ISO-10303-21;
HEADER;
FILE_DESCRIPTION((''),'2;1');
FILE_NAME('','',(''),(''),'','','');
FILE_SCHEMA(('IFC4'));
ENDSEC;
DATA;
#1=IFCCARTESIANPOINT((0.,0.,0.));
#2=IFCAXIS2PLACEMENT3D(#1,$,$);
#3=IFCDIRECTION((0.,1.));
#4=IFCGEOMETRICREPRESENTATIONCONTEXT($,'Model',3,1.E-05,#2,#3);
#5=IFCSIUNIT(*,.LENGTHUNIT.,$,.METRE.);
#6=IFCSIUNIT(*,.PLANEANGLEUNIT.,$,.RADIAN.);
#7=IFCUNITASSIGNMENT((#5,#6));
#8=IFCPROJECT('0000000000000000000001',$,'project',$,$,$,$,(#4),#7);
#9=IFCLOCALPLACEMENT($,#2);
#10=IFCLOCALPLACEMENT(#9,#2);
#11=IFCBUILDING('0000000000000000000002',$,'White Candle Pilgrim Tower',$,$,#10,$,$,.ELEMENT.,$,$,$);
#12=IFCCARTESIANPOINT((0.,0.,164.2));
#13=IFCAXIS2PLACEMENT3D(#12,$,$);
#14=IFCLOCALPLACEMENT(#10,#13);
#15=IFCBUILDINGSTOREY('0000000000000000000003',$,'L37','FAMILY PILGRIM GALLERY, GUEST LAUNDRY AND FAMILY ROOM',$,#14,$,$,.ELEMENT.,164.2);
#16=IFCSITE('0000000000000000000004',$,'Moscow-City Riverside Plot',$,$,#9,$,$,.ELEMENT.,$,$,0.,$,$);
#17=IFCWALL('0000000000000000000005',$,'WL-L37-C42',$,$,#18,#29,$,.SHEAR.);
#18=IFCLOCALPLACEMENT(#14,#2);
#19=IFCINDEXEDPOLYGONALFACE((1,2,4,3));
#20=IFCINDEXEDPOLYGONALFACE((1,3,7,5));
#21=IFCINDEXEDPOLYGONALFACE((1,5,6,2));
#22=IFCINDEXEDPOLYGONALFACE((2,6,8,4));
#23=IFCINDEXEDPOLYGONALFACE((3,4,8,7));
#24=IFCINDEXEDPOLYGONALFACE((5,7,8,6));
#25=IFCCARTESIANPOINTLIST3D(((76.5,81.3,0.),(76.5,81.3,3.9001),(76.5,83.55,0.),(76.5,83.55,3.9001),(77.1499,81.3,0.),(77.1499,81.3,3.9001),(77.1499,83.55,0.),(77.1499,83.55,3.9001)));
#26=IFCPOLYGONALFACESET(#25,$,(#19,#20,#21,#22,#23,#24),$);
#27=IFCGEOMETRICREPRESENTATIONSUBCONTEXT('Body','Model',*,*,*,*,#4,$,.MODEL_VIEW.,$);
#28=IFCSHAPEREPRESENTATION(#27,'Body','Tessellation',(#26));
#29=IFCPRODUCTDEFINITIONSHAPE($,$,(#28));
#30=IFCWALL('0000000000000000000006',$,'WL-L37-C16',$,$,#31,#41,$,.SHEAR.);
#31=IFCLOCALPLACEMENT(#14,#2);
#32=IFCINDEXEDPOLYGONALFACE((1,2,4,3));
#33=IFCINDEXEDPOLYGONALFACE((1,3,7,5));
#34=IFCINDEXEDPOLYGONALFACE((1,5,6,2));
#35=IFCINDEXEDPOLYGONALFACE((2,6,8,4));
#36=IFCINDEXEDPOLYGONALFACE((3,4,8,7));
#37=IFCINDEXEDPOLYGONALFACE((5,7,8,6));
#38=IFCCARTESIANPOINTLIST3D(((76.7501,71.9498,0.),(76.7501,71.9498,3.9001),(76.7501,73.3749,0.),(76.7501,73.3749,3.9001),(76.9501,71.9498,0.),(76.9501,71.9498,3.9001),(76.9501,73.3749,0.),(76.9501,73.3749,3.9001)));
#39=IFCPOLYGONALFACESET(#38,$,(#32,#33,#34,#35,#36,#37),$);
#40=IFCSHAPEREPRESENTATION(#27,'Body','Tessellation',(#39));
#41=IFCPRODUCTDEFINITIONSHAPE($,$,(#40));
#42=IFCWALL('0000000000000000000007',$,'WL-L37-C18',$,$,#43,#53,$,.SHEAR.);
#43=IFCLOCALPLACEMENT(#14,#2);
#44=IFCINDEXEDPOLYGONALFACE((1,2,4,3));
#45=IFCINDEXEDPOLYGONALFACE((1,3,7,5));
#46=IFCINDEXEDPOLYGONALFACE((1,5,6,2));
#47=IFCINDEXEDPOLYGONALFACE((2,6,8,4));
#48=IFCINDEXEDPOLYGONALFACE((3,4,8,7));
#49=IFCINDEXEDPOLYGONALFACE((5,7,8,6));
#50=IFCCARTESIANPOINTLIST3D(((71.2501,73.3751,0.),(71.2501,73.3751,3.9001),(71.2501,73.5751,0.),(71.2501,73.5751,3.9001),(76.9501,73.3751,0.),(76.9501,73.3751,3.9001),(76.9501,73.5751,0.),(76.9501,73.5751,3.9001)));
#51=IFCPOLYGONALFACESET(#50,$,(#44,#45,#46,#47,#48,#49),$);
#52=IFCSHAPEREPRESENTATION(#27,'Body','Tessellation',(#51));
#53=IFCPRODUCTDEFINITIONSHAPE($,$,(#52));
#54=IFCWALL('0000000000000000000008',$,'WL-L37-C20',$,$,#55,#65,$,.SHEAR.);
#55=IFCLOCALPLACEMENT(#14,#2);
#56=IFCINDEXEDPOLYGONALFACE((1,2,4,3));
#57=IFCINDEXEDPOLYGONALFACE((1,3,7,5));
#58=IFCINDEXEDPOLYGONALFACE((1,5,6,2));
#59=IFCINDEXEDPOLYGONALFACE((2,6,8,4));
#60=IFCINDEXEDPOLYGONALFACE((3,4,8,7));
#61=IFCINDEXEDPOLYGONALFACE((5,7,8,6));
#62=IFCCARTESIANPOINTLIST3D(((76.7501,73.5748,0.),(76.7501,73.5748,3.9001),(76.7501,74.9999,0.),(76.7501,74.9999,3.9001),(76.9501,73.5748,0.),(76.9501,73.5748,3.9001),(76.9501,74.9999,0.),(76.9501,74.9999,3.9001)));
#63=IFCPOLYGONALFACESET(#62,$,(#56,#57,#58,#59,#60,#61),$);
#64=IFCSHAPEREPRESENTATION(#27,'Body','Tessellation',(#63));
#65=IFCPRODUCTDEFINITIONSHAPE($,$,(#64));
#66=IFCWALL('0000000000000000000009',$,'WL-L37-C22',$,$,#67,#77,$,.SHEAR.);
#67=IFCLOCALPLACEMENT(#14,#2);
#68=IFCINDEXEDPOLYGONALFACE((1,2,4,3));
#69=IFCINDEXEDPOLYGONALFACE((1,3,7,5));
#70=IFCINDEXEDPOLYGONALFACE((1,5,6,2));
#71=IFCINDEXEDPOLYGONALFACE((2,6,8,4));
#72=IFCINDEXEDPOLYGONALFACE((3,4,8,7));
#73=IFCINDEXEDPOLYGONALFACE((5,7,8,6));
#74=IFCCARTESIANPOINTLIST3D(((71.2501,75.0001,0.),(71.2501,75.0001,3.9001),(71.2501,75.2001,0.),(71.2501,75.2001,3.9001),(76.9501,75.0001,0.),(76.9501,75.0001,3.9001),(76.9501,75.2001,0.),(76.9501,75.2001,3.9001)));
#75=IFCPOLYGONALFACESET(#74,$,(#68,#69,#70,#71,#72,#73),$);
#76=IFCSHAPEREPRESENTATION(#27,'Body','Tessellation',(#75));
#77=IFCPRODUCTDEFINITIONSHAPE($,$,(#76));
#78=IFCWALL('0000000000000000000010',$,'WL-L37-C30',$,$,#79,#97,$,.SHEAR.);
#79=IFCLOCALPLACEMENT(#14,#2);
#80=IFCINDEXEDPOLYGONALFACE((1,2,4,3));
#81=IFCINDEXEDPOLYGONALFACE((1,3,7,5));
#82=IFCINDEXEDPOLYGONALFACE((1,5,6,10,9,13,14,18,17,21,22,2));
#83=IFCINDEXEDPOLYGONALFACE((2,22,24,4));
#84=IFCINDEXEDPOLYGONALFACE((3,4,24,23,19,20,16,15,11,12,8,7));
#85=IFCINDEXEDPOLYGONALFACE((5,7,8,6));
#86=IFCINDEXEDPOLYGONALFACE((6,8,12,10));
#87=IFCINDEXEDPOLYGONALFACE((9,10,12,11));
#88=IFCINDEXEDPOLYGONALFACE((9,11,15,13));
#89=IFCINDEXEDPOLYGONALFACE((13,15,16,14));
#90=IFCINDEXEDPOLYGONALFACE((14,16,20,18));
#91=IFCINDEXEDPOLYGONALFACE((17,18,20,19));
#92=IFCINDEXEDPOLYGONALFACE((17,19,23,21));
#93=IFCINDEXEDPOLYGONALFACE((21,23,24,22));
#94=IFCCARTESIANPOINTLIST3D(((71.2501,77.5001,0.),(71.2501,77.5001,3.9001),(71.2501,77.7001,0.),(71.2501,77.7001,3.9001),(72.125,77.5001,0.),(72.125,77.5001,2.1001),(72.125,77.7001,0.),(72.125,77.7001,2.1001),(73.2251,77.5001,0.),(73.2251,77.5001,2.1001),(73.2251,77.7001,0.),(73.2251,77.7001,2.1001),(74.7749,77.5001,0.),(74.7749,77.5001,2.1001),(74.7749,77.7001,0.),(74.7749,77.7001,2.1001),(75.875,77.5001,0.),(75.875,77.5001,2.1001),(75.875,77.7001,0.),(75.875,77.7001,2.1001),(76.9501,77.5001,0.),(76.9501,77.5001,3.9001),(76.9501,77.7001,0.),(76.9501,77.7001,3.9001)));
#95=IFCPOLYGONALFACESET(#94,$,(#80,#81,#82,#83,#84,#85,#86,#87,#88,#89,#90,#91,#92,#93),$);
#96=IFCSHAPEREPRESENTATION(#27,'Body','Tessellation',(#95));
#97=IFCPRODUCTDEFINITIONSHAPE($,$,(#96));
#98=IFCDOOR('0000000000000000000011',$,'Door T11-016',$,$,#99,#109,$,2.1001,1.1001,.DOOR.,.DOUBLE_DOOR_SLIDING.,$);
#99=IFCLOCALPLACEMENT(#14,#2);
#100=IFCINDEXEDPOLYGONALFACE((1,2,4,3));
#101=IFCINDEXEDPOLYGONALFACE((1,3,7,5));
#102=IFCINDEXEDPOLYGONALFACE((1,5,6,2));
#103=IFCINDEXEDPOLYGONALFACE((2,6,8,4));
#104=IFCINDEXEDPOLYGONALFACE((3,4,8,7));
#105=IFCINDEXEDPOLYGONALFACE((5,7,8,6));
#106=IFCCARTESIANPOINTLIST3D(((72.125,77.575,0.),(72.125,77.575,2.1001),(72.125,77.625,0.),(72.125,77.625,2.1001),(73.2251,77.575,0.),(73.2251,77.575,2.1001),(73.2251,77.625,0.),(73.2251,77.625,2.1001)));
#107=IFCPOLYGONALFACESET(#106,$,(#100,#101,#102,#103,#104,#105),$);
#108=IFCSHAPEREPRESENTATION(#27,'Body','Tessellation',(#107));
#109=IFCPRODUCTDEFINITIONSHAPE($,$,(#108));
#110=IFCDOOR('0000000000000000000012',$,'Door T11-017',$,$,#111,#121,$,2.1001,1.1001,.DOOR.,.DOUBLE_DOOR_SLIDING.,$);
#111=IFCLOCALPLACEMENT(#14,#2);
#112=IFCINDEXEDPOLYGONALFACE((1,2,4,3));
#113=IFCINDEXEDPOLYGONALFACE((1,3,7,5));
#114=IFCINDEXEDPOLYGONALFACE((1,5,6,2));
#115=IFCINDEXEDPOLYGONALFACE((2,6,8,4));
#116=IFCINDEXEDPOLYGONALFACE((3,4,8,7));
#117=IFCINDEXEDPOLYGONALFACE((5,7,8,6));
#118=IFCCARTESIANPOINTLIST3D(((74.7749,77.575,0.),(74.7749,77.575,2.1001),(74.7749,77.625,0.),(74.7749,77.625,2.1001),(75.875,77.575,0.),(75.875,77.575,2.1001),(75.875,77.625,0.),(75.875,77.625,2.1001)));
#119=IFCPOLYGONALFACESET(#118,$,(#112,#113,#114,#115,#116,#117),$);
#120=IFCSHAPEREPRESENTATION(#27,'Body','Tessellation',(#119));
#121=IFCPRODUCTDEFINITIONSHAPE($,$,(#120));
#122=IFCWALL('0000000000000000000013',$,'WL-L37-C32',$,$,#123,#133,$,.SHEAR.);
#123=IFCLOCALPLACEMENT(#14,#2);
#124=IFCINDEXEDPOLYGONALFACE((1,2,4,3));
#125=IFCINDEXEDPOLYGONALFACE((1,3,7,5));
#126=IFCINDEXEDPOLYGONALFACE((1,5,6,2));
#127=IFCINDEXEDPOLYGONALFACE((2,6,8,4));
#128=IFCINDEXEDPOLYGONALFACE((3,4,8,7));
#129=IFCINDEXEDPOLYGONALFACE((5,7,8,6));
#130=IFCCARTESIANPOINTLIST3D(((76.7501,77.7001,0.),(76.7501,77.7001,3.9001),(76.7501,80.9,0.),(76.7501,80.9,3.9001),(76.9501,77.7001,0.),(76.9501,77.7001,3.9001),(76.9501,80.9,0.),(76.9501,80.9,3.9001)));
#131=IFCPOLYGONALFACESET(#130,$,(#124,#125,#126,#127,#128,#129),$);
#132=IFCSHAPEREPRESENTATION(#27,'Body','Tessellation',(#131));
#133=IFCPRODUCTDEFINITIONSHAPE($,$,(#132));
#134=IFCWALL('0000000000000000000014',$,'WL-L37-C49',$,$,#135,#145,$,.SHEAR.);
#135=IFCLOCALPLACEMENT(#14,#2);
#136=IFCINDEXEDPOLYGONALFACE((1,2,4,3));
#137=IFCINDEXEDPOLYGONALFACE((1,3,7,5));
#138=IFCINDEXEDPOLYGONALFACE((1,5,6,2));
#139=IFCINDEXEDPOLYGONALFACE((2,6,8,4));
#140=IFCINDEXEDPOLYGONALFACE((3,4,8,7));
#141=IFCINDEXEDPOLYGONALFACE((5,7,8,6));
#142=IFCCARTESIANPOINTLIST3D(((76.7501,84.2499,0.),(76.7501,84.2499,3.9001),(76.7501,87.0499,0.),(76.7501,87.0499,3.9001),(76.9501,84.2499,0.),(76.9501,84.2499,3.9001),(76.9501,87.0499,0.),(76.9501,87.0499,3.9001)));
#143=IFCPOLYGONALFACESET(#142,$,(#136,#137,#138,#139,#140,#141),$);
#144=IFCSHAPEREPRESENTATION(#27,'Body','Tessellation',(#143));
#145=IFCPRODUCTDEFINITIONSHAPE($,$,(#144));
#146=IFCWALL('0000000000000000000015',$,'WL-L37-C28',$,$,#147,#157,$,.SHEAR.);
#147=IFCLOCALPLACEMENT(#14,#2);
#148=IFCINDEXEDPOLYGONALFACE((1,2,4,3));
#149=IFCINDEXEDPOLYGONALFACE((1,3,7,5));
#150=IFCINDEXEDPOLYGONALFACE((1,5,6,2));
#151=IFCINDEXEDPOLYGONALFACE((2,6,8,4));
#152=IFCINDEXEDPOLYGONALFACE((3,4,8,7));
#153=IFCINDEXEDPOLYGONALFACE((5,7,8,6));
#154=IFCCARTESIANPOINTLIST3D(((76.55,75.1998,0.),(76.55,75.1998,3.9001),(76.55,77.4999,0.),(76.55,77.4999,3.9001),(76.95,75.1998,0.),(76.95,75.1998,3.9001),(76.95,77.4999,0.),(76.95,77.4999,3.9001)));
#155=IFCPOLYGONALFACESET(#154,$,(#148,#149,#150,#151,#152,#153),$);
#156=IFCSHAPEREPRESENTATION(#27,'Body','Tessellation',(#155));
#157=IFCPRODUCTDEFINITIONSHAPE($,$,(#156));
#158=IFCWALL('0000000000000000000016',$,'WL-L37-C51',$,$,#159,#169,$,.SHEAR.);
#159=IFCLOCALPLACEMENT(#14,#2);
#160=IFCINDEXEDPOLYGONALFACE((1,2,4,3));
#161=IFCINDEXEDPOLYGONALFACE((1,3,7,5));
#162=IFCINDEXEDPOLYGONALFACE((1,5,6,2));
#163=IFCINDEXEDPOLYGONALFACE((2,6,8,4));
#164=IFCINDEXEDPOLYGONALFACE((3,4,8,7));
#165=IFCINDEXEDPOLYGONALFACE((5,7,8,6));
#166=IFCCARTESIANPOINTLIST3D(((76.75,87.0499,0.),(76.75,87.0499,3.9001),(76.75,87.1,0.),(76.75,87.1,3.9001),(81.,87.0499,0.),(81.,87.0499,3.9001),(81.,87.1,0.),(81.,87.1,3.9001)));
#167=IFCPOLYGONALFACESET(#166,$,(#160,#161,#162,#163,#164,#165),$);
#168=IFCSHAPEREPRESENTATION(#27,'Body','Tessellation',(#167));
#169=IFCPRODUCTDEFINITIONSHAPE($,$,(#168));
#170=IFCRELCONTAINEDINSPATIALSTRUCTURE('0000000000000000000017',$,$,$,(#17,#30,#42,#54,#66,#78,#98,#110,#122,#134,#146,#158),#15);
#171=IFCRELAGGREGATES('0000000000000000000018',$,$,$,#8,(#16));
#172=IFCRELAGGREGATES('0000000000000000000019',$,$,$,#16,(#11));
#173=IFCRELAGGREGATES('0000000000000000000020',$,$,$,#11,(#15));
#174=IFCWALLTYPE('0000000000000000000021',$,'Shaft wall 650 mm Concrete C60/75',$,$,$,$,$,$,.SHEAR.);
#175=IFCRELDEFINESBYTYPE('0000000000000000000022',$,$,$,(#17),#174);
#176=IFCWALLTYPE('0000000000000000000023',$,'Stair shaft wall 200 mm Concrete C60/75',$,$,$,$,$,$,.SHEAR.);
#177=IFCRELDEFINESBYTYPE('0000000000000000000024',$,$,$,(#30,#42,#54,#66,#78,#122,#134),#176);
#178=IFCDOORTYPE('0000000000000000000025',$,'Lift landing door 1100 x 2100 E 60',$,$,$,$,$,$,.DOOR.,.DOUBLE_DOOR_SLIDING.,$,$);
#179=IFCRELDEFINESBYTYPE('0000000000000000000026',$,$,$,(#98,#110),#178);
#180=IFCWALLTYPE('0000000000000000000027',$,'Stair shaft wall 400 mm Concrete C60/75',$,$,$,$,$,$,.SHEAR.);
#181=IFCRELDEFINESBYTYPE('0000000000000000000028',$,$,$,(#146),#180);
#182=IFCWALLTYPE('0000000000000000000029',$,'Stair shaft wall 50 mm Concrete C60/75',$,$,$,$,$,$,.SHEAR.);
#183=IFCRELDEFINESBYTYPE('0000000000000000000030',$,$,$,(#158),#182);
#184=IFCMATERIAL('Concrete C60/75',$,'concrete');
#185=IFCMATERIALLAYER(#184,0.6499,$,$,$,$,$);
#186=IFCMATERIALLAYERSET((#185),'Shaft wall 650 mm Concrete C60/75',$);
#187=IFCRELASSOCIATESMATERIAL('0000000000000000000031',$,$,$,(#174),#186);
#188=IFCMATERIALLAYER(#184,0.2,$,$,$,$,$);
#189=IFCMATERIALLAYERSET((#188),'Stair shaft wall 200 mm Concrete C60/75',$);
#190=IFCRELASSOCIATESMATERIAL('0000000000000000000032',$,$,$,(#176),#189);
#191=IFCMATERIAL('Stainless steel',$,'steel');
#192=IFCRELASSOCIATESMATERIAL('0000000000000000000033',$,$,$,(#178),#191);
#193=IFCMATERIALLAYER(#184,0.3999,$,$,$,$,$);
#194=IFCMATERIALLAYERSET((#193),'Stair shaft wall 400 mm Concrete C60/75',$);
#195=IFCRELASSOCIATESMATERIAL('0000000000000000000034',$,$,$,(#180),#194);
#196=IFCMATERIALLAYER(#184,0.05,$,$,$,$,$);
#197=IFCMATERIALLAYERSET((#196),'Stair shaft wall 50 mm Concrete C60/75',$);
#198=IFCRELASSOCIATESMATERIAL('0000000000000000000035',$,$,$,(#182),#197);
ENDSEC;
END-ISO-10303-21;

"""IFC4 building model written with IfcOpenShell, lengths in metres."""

from ifc_helpers import new_model, si_unit, direction, frame, frame_2d, origin, place, context, subcontext, project, spatial, rectangle, extrude, material, layer, layer_set, type_object, element, fill, save


model = new_model("IFC4")

# Units and contexts
model_context = context("Model", 3, precision=1e-05, world=origin(), true_north=direction((0.0, 1.0)))
body_context = subcontext(model_context, "Body", "Model", "MODEL_VIEW")
ifc_project = project(units=[si_unit("LENGTHUNIT", "METRE"), si_unit("PLANEANGLEUNIT", "RADIAN")], contexts=[model_context])

# Site, building, storey
site_placement = place(None, origin())
site = spatial("IfcSite", under=ifc_project, at=site_placement, Name="Moscow-City Riverside Plot", CompositionType="ELEMENT", RefElevation=0.0)
building_placement = place(site_placement, origin())
building = spatial("IfcBuilding", under=site, at=building_placement, Name="White Candle Pilgrim Tower", CompositionType="ELEMENT")
storey_placement = place(building_placement, frame((0.0, 0.0, 164.2)))
storey = spatial("IfcBuildingStorey", under=building, at=storey_placement, Name="L37", Description="FAMILY PILGRIM GALLERY, GUEST LAUNDRY AND FAMILY ROOM", CompositionType="ELEMENT", Elevation=164.2)

# Shared definitions
ifc_material_1 = material(Name="Concrete C60/75", Category="concrete")

# Walls
ifc_layer_1 = layer(ifc_material_1, 0.6499)
ifc_layer_set_1 = layer_set([ifc_layer_1], Name="Shaft wall 650 mm Concrete C60/75")
wall_type_1 = type_object("IfcWallType", Name="Shaft wall 650 mm Concrete C60/75", PredefinedType="SHEAR", material=ifc_layer_set_1)
wall_1_placement = place(storey_placement, frame((76.825, 81.3, 0.0), z_axis=(0.0, 0.0, 1.0), x_axis=(0.0, 1.0, 0.0)))
element("IfcWall", 1, at=wall_1_placement, inside=storey, type_object=wall_type_1, Name="WL-L37-C42", PredefinedType="SHEAR", context=body_context, shape_type="SweptSolid", body=[
    extrude(rectangle(XDim=2.25, YDim=0.6499, at=frame_2d((1.125, 0.0))), origin(), (0.0, 0.0, 1.0), 3.9001),
])
ifc_layer_2 = layer(ifc_material_1, 0.2)
ifc_layer_set_2 = layer_set([ifc_layer_2], Name="Stair shaft wall 200 mm Concrete C60/75")
wall_type_2 = type_object("IfcWallType", Name="Stair shaft wall 200 mm Concrete C60/75", PredefinedType="SHEAR", material=ifc_layer_set_2)
wall_2_placement = place(storey_placement, frame((76.8501, 71.95, 0.0), z_axis=(0.0, 0.0, 1.0), x_axis=(0.0, 1.0, 0.0)))
element("IfcWall", 2, at=wall_2_placement, inside=storey, type_object=wall_type_2, Name="WL-L37-C16", PredefinedType="SHEAR", context=body_context, shape_type="SweptSolid", body=[
    extrude(rectangle(XDim=1.425, YDim=0.2, at=frame_2d((0.7124, 0.0))), origin(), (0.0, 0.0, 1.0), 3.9001),
])
wall_3_placement = place(storey_placement, frame((71.25, 73.4751, 0.0), z_axis=(0.0, 0.0, 1.0), x_axis=(1.0, 0.0, 0.0)))
element("IfcWall", 3, at=wall_3_placement, inside=storey, type_object=wall_type_2, Name="WL-L37-C18", PredefinedType="SHEAR", context=body_context, shape_type="SweptSolid", body=[
    extrude(rectangle(XDim=5.7, YDim=0.2, at=frame_2d((2.8501, 0.0))), origin(), (0.0, 0.0, 1.0), 3.9001),
])
wall_4_placement = place(storey_placement, frame((76.8501, 73.575, 0.0), z_axis=(0.0, 0.0, 1.0), x_axis=(0.0, 1.0, 0.0)))
element("IfcWall", 4, at=wall_4_placement, inside=storey, type_object=wall_type_2, Name="WL-L37-C20", PredefinedType="SHEAR", context=body_context, shape_type="SweptSolid", body=[
    extrude(rectangle(XDim=1.425, YDim=0.2, at=frame_2d((0.7124, 0.0))), origin(), (0.0, 0.0, 1.0), 3.9001),
])
wall_5_placement = place(storey_placement, frame((71.25, 75.1001, 0.0), z_axis=(0.0, 0.0, 1.0), x_axis=(1.0, 0.0, 0.0)))
element("IfcWall", 5, at=wall_5_placement, inside=storey, type_object=wall_type_2, Name="WL-L37-C22", PredefinedType="SHEAR", context=body_context, shape_type="SweptSolid", body=[
    extrude(rectangle(XDim=5.7, YDim=0.2, at=frame_2d((2.8501, 0.0))), origin(), (0.0, 0.0, 1.0), 3.9001),
])

# Wall, openings, doors
wall_6_placement = place(storey_placement, frame((71.25, 77.6001, 0.0), z_axis=(0.0, 0.0, 1.0), x_axis=(1.0, 0.0, 0.0)))
wall_6 = element("IfcWall", 6, at=wall_6_placement, inside=storey, type_object=wall_type_2, Name="WL-L37-C30", PredefinedType="SHEAR", context=body_context, shape_type="SweptSolid", body=[
    extrude(rectangle(XDim=5.7, YDim=0.2, at=frame_2d((2.8501, 0.0))), origin(), (0.0, 0.0, 1.0), 3.9001),
])
opening_1_placement = place(wall_6_placement, frame((0.875, 0.0, 0.0)))
opening_1 = element("IfcOpeningElement", 7, at=opening_1_placement, cuts=wall_6, PredefinedType="OPENING", context=body_context, shape_type="SweptSolid", body=[
    extrude(rectangle(XDim=1.1001, YDim=2.1001, at=frame_2d((0.55, 1.05))), frame((0.0, 0.1099, 0.0), z_axis=(0.0, -1.0, 0.0), x_axis=(1.0, 0.0, 0.0)), (0.0, 0.0, 1.0), 0.22),
])
opening_2_placement = place(wall_6_placement, frame((3.5249, 0.0, 0.0)))
opening_2 = element("IfcOpeningElement", 8, at=opening_2_placement, cuts=wall_6, PredefinedType="OPENING", context=body_context, shape_type="SweptSolid", body=[
    extrude(rectangle(XDim=1.1001, YDim=2.1001, at=frame_2d((0.55, 1.05))), frame((0.0, 0.1099, 0.0), z_axis=(0.0, -1.0, 0.0), x_axis=(1.0, 0.0, 0.0)), (0.0, 0.0, 1.0), 0.22),
])
ifc_material_2 = material(Name="Stainless steel", Category="steel")
door_type_1 = type_object("IfcDoorType", Name="Lift landing door 1100 x 2100 E 60", OperationType="DOUBLE_DOOR_SLIDING", PredefinedType="DOOR", material=ifc_material_2)
door_1_placement = place(opening_1_placement, origin())
door_1 = element("IfcDoor", 9, at=door_1_placement, inside=storey, type_object=door_type_1, Name="Door T11-016", OperationType="DOUBLE_DOOR_SLIDING", OverallHeight=2.1001, OverallWidth=1.1001, PredefinedType="DOOR", context=body_context, shape_type="SweptSolid", body=[
    extrude(rectangle(XDim=1.1001, YDim=2.1001, at=frame_2d((0.55, 1.05))), frame((0.0, 0.0249, 0.0), z_axis=(0.0, -1.0, 0.0), x_axis=(1.0, 0.0, 0.0)), (0.0, 0.0, 1.0), 0.05),
])
fill(opening_1, door_1)
door_2_placement = place(opening_2_placement, origin())
door_2 = element("IfcDoor", 10, at=door_2_placement, inside=storey, type_object=door_type_1, Name="Door T11-017", OperationType="DOUBLE_DOOR_SLIDING", OverallHeight=2.1001, OverallWidth=1.1001, PredefinedType="DOOR", context=body_context, shape_type="SweptSolid", body=[
    extrude(rectangle(XDim=1.1001, YDim=2.1001, at=frame_2d((0.55, 1.05))), frame((0.0, 0.0249, 0.0), z_axis=(0.0, -1.0, 0.0), x_axis=(1.0, 0.0, 0.0)), (0.0, 0.0, 1.0), 0.05),
])
fill(opening_2, door_2)

# Walls
wall_7_placement = place(storey_placement, frame((76.8501, 77.7, 0.0), z_axis=(0.0, 0.0, 1.0), x_axis=(0.0, 1.0, 0.0)))
element("IfcWall", 11, at=wall_7_placement, inside=storey, type_object=wall_type_2, Name="WL-L37-C32", PredefinedType="SHEAR", context=body_context, shape_type="SweptSolid", body=[
    extrude(rectangle(XDim=3.2, YDim=0.2, at=frame_2d((1.6001, 0.0))), origin(), (0.0, 0.0, 1.0), 3.9001),
])
wall_8_placement = place(storey_placement, frame((76.8501, 84.25, 0.0), z_axis=(0.0, 0.0, 1.0), x_axis=(0.0, 1.0, 0.0)))
element("IfcWall", 12, at=wall_8_placement, inside=storey, type_object=wall_type_2, Name="WL-L37-C49", PredefinedType="SHEAR", context=body_context, shape_type="SweptSolid", body=[
    extrude(rectangle(XDim=2.8, YDim=0.2, at=frame_2d((1.3999, 0.0))), origin(), (0.0, 0.0, 1.0), 3.9001),
])
ifc_layer_3 = layer(ifc_material_1, 0.3999)
ifc_layer_set_3 = layer_set([ifc_layer_3], Name="Stair shaft wall 400 mm Concrete C60/75")
wall_type_3 = type_object("IfcWallType", Name="Stair shaft wall 400 mm Concrete C60/75", PredefinedType="SHEAR", material=ifc_layer_set_3)
wall_9_placement = place(storey_placement, frame((76.75, 75.2, 0.0), z_axis=(0.0, 0.0, 1.0), x_axis=(0.0, 1.0, 0.0)))
element("IfcWall", 13, at=wall_9_placement, inside=storey, type_object=wall_type_3, Name="WL-L37-C28", PredefinedType="SHEAR", context=body_context, shape_type="SweptSolid", body=[
    extrude(rectangle(XDim=2.3, YDim=0.3999, at=frame_2d((1.1499, 0.0))), origin(), (0.0, 0.0, 1.0), 3.9001),
])
ifc_layer_4 = layer(ifc_material_1, 0.05)
ifc_layer_set_4 = layer_set([ifc_layer_4], Name="Stair shaft wall 50 mm Concrete C60/75")
wall_type_4 = type_object("IfcWallType", Name="Stair shaft wall 50 mm Concrete C60/75", PredefinedType="SHEAR", material=ifc_layer_set_4)
wall_10_placement = place(storey_placement, frame((76.75, 87.075, 0.0), z_axis=(0.0, 0.0, 1.0), x_axis=(1.0, 0.0, 0.0)))
element("IfcWall", 14, at=wall_10_placement, inside=storey, type_object=wall_type_4, Name="WL-L37-C51", PredefinedType="SHEAR", context=body_context, shape_type="SweptSolid", body=[
    extrude(rectangle(XDim=4.25, YDim=0.05, at=frame_2d((2.125, 0.0))), origin(), (0.0, 0.0, 1.0), 3.9001),
])

save(model, "model.ifc")
